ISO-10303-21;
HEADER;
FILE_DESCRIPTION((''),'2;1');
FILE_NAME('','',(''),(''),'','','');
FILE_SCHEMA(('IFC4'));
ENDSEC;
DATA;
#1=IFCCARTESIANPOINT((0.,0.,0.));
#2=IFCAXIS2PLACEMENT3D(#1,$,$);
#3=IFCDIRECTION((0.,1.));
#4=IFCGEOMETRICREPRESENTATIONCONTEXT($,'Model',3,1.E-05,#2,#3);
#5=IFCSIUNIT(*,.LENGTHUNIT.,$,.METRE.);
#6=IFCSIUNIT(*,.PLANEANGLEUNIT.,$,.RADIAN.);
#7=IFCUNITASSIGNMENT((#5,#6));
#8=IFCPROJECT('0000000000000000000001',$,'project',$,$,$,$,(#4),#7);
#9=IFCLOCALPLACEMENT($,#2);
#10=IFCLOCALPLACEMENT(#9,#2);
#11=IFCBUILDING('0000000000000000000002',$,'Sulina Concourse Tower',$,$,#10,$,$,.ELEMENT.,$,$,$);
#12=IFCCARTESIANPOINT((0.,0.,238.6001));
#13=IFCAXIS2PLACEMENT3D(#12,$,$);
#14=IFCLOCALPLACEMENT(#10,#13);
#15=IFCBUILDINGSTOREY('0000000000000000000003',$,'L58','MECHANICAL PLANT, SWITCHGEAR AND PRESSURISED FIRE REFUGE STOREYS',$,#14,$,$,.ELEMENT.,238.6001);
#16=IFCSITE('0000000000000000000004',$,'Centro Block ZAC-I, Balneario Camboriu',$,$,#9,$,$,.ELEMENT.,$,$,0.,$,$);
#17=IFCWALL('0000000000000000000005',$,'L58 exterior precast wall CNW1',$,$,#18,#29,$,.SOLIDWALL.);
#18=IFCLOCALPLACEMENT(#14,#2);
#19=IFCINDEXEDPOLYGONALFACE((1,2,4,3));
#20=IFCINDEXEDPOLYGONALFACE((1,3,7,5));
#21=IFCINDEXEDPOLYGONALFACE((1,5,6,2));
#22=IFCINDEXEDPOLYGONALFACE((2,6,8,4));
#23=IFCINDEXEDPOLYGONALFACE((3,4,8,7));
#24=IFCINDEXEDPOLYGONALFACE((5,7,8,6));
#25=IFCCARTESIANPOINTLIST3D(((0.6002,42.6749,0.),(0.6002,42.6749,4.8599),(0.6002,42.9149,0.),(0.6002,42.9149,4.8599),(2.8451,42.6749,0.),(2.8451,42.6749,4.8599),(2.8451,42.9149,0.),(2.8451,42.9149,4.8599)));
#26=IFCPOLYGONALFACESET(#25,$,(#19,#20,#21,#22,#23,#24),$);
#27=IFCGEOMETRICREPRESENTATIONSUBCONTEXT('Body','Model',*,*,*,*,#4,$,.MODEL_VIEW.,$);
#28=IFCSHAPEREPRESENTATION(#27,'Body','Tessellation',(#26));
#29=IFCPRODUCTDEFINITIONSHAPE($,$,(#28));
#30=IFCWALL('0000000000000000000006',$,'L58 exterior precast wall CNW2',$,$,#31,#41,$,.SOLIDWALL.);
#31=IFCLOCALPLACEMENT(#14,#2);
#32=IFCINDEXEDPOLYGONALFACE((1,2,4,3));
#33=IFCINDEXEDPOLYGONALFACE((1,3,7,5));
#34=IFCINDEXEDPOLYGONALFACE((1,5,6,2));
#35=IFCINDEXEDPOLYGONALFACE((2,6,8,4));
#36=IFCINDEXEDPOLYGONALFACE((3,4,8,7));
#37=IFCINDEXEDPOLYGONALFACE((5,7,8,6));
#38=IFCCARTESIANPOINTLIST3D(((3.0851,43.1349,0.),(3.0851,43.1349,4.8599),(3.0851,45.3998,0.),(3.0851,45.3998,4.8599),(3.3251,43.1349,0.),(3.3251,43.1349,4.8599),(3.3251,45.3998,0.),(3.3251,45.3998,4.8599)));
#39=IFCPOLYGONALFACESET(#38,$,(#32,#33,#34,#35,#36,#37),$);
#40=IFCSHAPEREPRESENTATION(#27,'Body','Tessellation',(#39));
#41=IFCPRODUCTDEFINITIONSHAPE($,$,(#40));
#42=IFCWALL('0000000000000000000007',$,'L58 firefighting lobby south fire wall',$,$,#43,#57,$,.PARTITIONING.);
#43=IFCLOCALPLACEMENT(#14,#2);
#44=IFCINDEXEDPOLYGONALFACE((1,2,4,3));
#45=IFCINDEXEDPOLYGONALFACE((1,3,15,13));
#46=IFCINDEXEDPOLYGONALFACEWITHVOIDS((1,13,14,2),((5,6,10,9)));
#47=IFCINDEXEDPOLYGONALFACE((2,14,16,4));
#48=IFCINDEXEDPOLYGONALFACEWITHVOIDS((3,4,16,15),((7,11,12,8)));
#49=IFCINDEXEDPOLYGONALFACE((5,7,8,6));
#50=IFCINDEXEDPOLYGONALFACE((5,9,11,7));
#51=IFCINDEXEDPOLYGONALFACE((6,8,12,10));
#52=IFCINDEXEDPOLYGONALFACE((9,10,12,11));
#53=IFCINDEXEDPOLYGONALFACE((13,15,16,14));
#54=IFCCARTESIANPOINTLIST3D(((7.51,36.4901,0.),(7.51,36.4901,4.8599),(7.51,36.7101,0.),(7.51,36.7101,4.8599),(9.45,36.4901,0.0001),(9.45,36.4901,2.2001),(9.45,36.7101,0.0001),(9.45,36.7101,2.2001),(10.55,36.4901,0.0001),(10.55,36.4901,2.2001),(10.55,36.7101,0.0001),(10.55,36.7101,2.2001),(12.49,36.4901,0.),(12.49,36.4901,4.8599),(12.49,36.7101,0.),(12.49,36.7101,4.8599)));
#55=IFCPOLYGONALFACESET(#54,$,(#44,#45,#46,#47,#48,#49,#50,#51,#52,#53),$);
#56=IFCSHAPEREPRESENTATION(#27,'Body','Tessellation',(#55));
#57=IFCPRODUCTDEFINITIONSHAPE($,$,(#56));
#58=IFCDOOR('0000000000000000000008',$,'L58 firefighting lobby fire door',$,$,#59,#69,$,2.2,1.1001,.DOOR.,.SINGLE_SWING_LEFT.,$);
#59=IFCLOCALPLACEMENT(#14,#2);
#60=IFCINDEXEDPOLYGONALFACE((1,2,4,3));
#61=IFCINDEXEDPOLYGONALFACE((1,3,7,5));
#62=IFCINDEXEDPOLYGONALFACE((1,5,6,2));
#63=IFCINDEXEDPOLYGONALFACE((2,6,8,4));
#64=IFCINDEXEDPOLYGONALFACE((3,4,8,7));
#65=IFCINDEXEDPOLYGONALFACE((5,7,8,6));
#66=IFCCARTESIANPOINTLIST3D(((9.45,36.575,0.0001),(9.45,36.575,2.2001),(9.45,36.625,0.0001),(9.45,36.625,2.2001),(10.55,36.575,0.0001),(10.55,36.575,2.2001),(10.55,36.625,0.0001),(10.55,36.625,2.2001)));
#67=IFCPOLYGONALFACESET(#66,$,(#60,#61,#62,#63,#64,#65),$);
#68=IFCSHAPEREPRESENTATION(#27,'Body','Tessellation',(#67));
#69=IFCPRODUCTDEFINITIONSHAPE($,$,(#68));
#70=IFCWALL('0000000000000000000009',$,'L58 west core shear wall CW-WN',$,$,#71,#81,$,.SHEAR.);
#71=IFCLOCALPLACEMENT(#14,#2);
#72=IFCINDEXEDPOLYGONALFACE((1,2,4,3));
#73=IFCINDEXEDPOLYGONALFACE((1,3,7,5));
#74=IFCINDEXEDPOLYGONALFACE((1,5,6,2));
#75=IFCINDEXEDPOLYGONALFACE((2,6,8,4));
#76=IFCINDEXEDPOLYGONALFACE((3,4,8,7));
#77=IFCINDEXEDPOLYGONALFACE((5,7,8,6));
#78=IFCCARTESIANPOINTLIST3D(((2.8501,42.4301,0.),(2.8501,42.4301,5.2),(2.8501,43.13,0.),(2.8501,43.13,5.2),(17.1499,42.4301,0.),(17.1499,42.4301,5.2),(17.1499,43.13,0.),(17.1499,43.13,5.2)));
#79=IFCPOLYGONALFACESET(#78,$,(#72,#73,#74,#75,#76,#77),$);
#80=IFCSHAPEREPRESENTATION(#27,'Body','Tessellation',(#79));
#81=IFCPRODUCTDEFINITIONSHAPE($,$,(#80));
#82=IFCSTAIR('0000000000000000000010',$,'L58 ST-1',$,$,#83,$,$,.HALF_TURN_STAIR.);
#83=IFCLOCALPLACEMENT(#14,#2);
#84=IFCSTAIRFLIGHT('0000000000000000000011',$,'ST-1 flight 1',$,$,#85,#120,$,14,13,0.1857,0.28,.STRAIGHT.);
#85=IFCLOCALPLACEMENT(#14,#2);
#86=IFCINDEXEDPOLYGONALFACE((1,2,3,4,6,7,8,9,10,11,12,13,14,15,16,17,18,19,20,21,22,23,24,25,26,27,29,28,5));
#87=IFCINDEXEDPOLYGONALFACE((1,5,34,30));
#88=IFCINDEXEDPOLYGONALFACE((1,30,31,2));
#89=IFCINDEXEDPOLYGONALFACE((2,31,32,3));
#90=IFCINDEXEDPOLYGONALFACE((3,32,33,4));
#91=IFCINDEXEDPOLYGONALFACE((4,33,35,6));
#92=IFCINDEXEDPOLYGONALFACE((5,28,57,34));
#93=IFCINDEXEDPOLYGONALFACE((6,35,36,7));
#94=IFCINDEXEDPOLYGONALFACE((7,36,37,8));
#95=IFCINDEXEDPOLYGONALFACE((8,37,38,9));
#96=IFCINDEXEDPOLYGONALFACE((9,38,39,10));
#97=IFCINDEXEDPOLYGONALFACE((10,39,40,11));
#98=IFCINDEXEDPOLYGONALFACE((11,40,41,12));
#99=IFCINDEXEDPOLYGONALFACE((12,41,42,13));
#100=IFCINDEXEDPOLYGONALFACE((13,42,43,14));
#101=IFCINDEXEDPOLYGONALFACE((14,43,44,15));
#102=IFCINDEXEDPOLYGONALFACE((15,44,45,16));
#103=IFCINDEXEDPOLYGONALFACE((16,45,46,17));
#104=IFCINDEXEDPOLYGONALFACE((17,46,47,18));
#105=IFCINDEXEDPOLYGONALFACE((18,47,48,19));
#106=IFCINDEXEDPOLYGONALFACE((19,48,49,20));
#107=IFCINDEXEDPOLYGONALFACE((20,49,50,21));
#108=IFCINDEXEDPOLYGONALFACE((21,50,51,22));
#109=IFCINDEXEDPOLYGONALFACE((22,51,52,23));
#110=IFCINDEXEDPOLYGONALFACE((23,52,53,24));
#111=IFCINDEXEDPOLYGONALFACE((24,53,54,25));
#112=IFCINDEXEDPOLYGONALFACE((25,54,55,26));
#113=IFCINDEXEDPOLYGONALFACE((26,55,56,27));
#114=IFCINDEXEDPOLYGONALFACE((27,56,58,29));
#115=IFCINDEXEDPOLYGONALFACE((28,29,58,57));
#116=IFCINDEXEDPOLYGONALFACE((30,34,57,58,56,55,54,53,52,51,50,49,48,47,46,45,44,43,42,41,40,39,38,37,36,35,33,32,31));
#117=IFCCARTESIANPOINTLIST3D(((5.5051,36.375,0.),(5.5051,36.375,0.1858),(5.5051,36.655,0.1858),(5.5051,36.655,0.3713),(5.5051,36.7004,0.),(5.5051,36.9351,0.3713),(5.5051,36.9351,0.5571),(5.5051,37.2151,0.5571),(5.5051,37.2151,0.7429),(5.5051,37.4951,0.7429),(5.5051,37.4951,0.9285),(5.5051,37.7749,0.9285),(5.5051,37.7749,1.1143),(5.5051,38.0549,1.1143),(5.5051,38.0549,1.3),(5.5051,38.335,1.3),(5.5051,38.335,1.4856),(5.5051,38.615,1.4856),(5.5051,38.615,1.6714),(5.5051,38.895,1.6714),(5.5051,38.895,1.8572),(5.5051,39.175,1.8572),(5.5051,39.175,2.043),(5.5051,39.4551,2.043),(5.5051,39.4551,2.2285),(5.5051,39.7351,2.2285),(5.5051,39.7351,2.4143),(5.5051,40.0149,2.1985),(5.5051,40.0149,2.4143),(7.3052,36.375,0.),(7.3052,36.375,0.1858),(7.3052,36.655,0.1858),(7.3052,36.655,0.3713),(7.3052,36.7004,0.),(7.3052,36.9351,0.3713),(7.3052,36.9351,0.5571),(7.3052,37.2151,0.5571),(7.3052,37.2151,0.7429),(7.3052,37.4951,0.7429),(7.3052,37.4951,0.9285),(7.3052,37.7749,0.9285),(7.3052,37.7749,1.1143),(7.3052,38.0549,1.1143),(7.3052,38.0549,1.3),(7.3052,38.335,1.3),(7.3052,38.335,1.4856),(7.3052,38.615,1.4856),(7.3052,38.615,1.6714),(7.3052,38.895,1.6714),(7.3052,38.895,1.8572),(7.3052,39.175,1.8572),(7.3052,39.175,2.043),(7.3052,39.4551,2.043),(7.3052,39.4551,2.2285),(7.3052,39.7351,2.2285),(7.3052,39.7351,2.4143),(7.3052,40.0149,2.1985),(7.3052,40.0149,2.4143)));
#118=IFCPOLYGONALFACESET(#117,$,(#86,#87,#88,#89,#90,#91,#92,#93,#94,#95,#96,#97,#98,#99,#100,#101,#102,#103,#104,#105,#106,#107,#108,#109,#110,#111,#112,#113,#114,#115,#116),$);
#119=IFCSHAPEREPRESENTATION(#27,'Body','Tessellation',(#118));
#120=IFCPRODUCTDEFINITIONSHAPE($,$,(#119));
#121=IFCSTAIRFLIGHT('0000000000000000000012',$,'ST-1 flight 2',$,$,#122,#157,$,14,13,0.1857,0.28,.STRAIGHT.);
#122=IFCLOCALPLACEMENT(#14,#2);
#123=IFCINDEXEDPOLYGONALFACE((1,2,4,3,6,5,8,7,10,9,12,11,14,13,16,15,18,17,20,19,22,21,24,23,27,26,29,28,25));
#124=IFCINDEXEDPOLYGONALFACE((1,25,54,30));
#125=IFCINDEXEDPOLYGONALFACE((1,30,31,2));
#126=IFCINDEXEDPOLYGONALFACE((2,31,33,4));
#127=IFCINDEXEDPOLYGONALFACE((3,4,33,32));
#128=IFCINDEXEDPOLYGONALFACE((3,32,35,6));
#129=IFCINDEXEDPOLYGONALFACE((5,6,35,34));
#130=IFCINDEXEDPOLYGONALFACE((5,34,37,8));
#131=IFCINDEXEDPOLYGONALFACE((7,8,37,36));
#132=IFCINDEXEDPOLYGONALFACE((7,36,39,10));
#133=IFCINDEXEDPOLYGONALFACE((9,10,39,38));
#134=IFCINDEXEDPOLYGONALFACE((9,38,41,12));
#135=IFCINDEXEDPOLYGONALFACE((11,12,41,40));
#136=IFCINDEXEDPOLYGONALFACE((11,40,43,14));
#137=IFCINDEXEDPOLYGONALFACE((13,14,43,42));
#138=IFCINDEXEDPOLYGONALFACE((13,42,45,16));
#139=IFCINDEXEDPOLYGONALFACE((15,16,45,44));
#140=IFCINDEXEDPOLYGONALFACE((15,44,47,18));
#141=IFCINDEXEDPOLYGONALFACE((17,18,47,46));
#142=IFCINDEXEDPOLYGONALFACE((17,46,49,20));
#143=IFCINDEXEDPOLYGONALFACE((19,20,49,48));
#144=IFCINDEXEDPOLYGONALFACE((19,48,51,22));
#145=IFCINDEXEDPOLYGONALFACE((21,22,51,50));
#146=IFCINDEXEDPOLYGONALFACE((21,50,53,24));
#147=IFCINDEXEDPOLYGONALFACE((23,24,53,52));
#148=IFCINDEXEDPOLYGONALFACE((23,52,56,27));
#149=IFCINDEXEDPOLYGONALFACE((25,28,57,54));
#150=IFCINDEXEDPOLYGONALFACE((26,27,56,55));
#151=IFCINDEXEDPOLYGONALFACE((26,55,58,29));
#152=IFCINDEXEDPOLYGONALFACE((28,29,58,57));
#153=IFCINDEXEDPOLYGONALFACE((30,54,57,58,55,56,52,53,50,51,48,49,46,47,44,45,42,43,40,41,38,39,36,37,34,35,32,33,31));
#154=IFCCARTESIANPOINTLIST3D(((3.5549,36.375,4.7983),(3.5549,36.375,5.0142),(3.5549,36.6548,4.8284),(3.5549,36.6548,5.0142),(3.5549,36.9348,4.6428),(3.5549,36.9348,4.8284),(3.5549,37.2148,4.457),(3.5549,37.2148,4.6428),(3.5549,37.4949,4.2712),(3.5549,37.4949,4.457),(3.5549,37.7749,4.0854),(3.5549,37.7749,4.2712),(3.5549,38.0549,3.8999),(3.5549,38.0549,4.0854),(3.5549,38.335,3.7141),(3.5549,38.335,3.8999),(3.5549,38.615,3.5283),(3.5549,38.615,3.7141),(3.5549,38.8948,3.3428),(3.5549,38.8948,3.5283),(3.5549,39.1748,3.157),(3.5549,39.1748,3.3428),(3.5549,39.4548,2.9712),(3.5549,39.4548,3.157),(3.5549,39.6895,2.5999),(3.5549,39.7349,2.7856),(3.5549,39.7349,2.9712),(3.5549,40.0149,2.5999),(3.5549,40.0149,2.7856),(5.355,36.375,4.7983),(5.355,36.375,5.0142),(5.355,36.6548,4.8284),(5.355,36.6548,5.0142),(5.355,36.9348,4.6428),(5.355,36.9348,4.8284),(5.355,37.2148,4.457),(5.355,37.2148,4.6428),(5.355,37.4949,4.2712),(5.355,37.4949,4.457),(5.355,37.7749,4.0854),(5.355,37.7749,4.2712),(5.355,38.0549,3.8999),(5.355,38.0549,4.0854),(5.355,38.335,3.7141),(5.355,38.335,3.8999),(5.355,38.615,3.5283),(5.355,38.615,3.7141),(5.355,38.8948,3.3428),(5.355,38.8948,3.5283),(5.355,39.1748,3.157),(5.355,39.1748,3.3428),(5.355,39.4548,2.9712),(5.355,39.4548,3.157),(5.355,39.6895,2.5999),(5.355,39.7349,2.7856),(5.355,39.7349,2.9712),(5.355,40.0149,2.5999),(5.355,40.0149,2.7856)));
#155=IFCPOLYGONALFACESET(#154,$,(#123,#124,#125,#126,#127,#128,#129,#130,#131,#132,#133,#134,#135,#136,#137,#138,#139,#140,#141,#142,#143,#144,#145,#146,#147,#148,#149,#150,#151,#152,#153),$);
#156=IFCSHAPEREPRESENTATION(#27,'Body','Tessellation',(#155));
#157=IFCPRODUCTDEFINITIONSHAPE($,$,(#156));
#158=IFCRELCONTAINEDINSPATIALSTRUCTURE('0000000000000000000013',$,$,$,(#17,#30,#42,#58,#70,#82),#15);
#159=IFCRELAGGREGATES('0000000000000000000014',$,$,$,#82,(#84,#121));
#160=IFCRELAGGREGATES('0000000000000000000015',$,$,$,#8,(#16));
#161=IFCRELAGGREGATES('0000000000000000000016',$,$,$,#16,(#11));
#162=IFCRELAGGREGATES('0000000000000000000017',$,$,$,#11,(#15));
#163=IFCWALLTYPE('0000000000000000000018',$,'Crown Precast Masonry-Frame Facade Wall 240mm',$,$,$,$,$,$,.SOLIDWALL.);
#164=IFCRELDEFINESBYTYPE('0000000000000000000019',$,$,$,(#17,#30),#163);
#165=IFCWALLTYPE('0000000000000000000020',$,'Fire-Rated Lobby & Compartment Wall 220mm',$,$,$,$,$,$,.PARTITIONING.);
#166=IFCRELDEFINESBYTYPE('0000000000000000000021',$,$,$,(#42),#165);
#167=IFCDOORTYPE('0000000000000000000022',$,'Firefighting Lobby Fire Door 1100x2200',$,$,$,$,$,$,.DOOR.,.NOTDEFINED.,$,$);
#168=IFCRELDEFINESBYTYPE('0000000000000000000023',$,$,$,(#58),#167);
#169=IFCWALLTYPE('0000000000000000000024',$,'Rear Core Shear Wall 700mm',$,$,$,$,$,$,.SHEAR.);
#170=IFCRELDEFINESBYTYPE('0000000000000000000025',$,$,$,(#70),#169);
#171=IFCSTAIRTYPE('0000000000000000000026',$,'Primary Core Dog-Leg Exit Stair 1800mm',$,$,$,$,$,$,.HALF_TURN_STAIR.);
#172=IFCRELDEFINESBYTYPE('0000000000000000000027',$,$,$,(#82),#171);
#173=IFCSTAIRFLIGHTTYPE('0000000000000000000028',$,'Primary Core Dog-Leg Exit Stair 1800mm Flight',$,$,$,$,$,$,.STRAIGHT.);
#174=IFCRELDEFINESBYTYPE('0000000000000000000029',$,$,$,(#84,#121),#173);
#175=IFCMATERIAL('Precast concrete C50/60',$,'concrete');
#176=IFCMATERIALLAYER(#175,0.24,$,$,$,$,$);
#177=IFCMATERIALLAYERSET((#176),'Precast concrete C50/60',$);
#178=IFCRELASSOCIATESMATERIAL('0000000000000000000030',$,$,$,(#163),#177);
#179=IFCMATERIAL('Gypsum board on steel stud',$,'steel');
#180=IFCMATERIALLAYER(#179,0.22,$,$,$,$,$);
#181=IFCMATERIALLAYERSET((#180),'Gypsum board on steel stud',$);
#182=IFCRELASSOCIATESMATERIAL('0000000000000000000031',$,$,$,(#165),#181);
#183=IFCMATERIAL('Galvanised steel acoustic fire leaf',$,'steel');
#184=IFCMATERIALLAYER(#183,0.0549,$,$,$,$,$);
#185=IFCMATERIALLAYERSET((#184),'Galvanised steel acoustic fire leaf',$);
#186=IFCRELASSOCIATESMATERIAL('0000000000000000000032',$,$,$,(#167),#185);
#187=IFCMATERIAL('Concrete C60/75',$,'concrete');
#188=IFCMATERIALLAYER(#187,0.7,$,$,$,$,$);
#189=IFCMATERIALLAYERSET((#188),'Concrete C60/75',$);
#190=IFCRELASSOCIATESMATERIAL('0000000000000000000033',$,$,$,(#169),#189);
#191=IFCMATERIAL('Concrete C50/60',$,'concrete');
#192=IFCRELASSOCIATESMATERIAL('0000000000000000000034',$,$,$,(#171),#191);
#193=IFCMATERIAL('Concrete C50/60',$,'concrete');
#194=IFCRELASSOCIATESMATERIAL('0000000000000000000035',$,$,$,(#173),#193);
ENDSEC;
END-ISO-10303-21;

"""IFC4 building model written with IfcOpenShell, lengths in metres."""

from ifc_helpers import new_model, si_unit, direction, frame, frame_2d, origin, place, context, subcontext, project, spatial, polyline, rectangle, outline, extrude, material, layer, layer_set, type_object, element, fill, aggregate, save


model = new_model("IFC4")

# Units and contexts
model_context = context("Model", 3, precision=1e-05, world=origin(), true_north=direction((0.0, 1.0)))
body_context = subcontext(model_context, "Body", "Model", "MODEL_VIEW")
ifc_project = project(units=[si_unit("LENGTHUNIT", "METRE"), si_unit("PLANEANGLEUNIT", "RADIAN")], contexts=[model_context])

# Site, building, storey
site_placement = place(None, origin())
site = spatial("IfcSite", under=ifc_project, at=site_placement, Name="Centro Block ZAC-I, Balneario Camboriu", CompositionType="ELEMENT", RefElevation=0.0)
building_placement = place(site_placement, origin())
building = spatial("IfcBuilding", under=site, at=building_placement, Name="Sulina Concourse Tower", CompositionType="ELEMENT")
storey_placement = place(building_placement, frame((0.0, 0.0, 238.6001)))
storey = spatial("IfcBuildingStorey", under=building, at=storey_placement, Name="L58", Description="MECHANICAL PLANT, SWITCHGEAR AND PRESSURISED FIRE REFUGE STOREYS", CompositionType="ELEMENT", Elevation=238.6001)

# Walls
ifc_material_1 = material(Name="Precast concrete C50/60", Category="concrete")
ifc_layer_1 = layer(ifc_material_1, 0.24)
ifc_layer_set_1 = layer_set([ifc_layer_1], Name="Precast concrete C50/60")
wall_type_1 = type_object("IfcWallType", Name="Crown Precast Masonry-Frame Facade Wall 240mm", PredefinedType="SOLIDWALL", material=ifc_layer_set_1)
wall_1_placement = place(storey_placement, frame((0.6001, 42.7949, 0.0), z_axis=(0.0, 0.0, 1.0), x_axis=(1.0, 0.0, 0.0)))
element("IfcWall", 1, at=wall_1_placement, inside=storey, type_object=wall_type_1, Name="L58 exterior precast wall CNW1", PredefinedType="SOLIDWALL", context=body_context, shape_type="SweptSolid", body=[
    extrude(rectangle(XDim=2.2449, YDim=0.24, at=frame_2d((1.1226, 0.0))), origin(), (0.0, 0.0, 1.0), 4.8599),
])
wall_2_placement = place(storey_placement, frame((3.2051, 43.135, 0.0), z_axis=(0.0, 0.0, 1.0), x_axis=(0.0, 1.0, 0.0)))
element("IfcWall", 2, at=wall_2_placement, inside=storey, type_object=wall_type_1, Name="L58 exterior precast wall CNW2", PredefinedType="SOLIDWALL", context=body_context, shape_type="SweptSolid", body=[
    extrude(rectangle(XDim=2.2649, YDim=0.24, at=frame_2d((1.1323, 0.0))), origin(), (0.0, 0.0, 1.0), 4.8599),
])

# Wall, opening, door
ifc_material_2 = material(Name="Gypsum board on steel stud", Category="steel")
ifc_layer_2 = layer(ifc_material_2, 0.22)
ifc_layer_set_2 = layer_set([ifc_layer_2], Name="Gypsum board on steel stud")
wall_type_2 = type_object("IfcWallType", Name="Fire-Rated Lobby & Compartment Wall 220mm", PredefinedType="PARTITIONING", material=ifc_layer_set_2)
wall_3_placement = place(storey_placement, frame((7.51, 36.6001, 0.0), z_axis=(0.0, 0.0, 1.0), x_axis=(1.0, 0.0, 0.0)))
wall_3 = element("IfcWall", 3, at=wall_3_placement, inside=storey, type_object=wall_type_2, Name="L58 firefighting lobby south fire wall", PredefinedType="PARTITIONING", context=body_context, shape_type="SweptSolid", body=[
    extrude(rectangle(XDim=4.98, YDim=0.22, at=frame_2d((2.49, 0.0))), origin(), (0.0, 0.0, 1.0), 4.8599),
])
opening_placement = place(wall_3_placement, frame((1.9399, 0.0, 0.0)))
opening = element("IfcOpeningElement", 4, at=opening_placement, cuts=wall_3, PredefinedType="OPENING", context=body_context, shape_type="SweptSolid", body=[
    extrude(rectangle(XDim=1.1001, YDim=2.2, at=frame_2d((0.55, 1.1001))), frame((0.0, 0.1199, 0.0), z_axis=(0.0, -1.0, 0.0), x_axis=(1.0, 0.0, 0.0)), (0.0, 0.0, 1.0), 0.24),
])
ifc_material_3 = material(Name="Galvanised steel acoustic fire leaf", Category="steel")
ifc_layer_3 = layer(ifc_material_3, 0.0549)
ifc_layer_set_3 = layer_set([ifc_layer_3], Name="Galvanised steel acoustic fire leaf")
door_type = type_object("IfcDoorType", Name="Firefighting Lobby Fire Door 1100x2200", OperationType="NOTDEFINED", PredefinedType="DOOR", material=ifc_layer_set_3)
door_placement = place(opening_placement, origin())
door = element("IfcDoor", 5, at=door_placement, inside=storey, type_object=door_type, Name="L58 firefighting lobby fire door", OperationType="SINGLE_SWING_LEFT", OverallHeight=2.2, OverallWidth=1.1001, PredefinedType="DOOR", context=body_context, shape_type="SweptSolid", body=[
    extrude(rectangle(XDim=1.1001, YDim=2.2, at=frame_2d((0.55, 1.1001))), frame((0.0, 0.0249, 0.0), z_axis=(0.0, -1.0, 0.0), x_axis=(1.0, 0.0, 0.0)), (0.0, 0.0, 1.0), 0.05),
])
fill(opening, door)

# Wall
ifc_material_4 = material(Name="Concrete C60/75", Category="concrete")
ifc_layer_4 = layer(ifc_material_4, 0.7)
ifc_layer_set_4 = layer_set([ifc_layer_4], Name="Concrete C60/75")
wall_type_3 = type_object("IfcWallType", Name="Rear Core Shear Wall 700mm", PredefinedType="SHEAR", material=ifc_layer_set_4)
wall_4_placement = place(storey_placement, frame((2.8501, 42.78, 0.0), z_axis=(0.0, 0.0, 1.0), x_axis=(1.0, 0.0, 0.0)))
element("IfcWall", 6, at=wall_4_placement, inside=storey, type_object=wall_type_3, Name="L58 west core shear wall CW-WN", PredefinedType="SHEAR", context=body_context, shape_type="SweptSolid", body=[
    extrude(rectangle(XDim=14.2998, YDim=0.7, at=frame_2d((7.1499, 0.0))), origin(), (0.0, 0.0, 1.0), 5.2),
])

# Stair, stair flights
ifc_material_5 = material(Name="Concrete C50/60", Category="concrete")
stair_type = type_object("IfcStairType", Name="Primary Core Dog-Leg Exit Stair 1800mm", PredefinedType="HALF_TURN_STAIR", material=ifc_material_5)
stair_placement = place(storey_placement, origin())
stair = element("IfcStair", 7, at=stair_placement, inside=storey, type_object=stair_type, Name="L58 ST-1", PredefinedType="HALF_TURN_STAIR")
ifc_material_6 = material(Name="Concrete C50/60", Category="concrete")
stair_flight_type = type_object("IfcStairFlightType", Name="Primary Core Dog-Leg Exit Stair 1800mm Flight", PredefinedType="STRAIGHT", material=ifc_material_6)
stair_flight_1_placement = place(storey_placement, frame((6.405, 36.375, 0.0), z_axis=(0.0, 0.0, 1.0), x_axis=(0.0, 1.0, 0.0)))
stair_flight_1 = element("IfcStairFlight", 8, at=stair_flight_1_placement, type_object=stair_flight_type, Name="ST-1 flight 1", NumberOfRisers=14, NumberOfTreads=13, PredefinedType="STRAIGHT", RiserHeight=0.1857, TreadLength=0.28, context=body_context, shape_type="SweptSolid", body=[
    extrude(outline(polyline([(0.0, 0.0), (0.0, 0.1858), (0.28, 0.1858), (0.28, 0.3713), (0.5601, 0.3713), (0.5601, 0.5571), (0.8401, 0.5571), (0.8401, 0.7429), (1.1201, 0.7429), (1.1201, 0.9285), (1.3999, 0.9285), (1.3999, 1.1143), (1.6799, 1.1143), (1.6799, 1.3), (1.96, 1.3), (1.96, 1.4856), (2.24, 1.4856), (2.24, 1.6714), (2.52, 1.6714), (2.52, 1.8572), (2.8, 1.8572), (2.8, 2.043), (3.0801, 2.043), (3.0801, 2.2285), (3.3601, 2.2285), (3.3601, 2.4143), (3.6399, 2.4143), (3.6399, 2.6001), (3.6399, 2.1985), (0.3254, 0.0), (0.0, 0.0)])), frame((0.0, 0.8999, 0.0), z_axis=(0.0, -1.0, 0.0), x_axis=(1.0, 0.0, 0.0)), (0.0, 0.0, 1.0), 1.8),
])
stair_flight_2_placement = place(storey_placement, frame((4.4551, 40.0149, 2.5999), z_axis=(0.0, 0.0, 1.0), x_axis=(0.0, -1.0, 0.0)))
stair_flight_2 = element("IfcStairFlight", 9, at=stair_flight_2_placement, type_object=stair_flight_type, Name="ST-1 flight 2", NumberOfRisers=14, NumberOfTreads=13, PredefinedType="STRAIGHT", RiserHeight=0.1857, TreadLength=0.28, context=body_context, shape_type="SweptSolid", body=[
    extrude(outline(polyline([(0.0, 0.0), (0.0, 0.1858), (0.28, 0.1858), (0.28, 0.3713), (0.5601, 0.3713), (0.5601, 0.5571), (0.8401, 0.5571), (0.8401, 0.7429), (1.1201, 0.7429), (1.1201, 0.9285), (1.3999, 0.9285), (1.3999, 1.1143), (1.6799, 1.1143), (1.6799, 1.3), (1.96, 1.3), (1.96, 1.4856), (2.24, 1.4856), (2.24, 1.6714), (2.52, 1.6714), (2.52, 1.8572), (2.8, 1.8572), (2.8, 2.043), (3.0801, 2.043), (3.0801, 2.2285), (3.3601, 2.2285), (3.3601, 2.4143), (3.6399, 2.4143), (3.6399, 2.6001), (3.6399, 2.1985), (0.3254, 0.0), (0.0, 0.0)])), frame((0.0, 0.8999, 0.0), z_axis=(0.0, -1.0, 0.0), x_axis=(1.0, 0.0, 0.0)), (0.0, 0.0, 1.0), 1.8),
])
aggregate(stair, [stair_flight_1, stair_flight_2])

save(model, "model.ifc")
